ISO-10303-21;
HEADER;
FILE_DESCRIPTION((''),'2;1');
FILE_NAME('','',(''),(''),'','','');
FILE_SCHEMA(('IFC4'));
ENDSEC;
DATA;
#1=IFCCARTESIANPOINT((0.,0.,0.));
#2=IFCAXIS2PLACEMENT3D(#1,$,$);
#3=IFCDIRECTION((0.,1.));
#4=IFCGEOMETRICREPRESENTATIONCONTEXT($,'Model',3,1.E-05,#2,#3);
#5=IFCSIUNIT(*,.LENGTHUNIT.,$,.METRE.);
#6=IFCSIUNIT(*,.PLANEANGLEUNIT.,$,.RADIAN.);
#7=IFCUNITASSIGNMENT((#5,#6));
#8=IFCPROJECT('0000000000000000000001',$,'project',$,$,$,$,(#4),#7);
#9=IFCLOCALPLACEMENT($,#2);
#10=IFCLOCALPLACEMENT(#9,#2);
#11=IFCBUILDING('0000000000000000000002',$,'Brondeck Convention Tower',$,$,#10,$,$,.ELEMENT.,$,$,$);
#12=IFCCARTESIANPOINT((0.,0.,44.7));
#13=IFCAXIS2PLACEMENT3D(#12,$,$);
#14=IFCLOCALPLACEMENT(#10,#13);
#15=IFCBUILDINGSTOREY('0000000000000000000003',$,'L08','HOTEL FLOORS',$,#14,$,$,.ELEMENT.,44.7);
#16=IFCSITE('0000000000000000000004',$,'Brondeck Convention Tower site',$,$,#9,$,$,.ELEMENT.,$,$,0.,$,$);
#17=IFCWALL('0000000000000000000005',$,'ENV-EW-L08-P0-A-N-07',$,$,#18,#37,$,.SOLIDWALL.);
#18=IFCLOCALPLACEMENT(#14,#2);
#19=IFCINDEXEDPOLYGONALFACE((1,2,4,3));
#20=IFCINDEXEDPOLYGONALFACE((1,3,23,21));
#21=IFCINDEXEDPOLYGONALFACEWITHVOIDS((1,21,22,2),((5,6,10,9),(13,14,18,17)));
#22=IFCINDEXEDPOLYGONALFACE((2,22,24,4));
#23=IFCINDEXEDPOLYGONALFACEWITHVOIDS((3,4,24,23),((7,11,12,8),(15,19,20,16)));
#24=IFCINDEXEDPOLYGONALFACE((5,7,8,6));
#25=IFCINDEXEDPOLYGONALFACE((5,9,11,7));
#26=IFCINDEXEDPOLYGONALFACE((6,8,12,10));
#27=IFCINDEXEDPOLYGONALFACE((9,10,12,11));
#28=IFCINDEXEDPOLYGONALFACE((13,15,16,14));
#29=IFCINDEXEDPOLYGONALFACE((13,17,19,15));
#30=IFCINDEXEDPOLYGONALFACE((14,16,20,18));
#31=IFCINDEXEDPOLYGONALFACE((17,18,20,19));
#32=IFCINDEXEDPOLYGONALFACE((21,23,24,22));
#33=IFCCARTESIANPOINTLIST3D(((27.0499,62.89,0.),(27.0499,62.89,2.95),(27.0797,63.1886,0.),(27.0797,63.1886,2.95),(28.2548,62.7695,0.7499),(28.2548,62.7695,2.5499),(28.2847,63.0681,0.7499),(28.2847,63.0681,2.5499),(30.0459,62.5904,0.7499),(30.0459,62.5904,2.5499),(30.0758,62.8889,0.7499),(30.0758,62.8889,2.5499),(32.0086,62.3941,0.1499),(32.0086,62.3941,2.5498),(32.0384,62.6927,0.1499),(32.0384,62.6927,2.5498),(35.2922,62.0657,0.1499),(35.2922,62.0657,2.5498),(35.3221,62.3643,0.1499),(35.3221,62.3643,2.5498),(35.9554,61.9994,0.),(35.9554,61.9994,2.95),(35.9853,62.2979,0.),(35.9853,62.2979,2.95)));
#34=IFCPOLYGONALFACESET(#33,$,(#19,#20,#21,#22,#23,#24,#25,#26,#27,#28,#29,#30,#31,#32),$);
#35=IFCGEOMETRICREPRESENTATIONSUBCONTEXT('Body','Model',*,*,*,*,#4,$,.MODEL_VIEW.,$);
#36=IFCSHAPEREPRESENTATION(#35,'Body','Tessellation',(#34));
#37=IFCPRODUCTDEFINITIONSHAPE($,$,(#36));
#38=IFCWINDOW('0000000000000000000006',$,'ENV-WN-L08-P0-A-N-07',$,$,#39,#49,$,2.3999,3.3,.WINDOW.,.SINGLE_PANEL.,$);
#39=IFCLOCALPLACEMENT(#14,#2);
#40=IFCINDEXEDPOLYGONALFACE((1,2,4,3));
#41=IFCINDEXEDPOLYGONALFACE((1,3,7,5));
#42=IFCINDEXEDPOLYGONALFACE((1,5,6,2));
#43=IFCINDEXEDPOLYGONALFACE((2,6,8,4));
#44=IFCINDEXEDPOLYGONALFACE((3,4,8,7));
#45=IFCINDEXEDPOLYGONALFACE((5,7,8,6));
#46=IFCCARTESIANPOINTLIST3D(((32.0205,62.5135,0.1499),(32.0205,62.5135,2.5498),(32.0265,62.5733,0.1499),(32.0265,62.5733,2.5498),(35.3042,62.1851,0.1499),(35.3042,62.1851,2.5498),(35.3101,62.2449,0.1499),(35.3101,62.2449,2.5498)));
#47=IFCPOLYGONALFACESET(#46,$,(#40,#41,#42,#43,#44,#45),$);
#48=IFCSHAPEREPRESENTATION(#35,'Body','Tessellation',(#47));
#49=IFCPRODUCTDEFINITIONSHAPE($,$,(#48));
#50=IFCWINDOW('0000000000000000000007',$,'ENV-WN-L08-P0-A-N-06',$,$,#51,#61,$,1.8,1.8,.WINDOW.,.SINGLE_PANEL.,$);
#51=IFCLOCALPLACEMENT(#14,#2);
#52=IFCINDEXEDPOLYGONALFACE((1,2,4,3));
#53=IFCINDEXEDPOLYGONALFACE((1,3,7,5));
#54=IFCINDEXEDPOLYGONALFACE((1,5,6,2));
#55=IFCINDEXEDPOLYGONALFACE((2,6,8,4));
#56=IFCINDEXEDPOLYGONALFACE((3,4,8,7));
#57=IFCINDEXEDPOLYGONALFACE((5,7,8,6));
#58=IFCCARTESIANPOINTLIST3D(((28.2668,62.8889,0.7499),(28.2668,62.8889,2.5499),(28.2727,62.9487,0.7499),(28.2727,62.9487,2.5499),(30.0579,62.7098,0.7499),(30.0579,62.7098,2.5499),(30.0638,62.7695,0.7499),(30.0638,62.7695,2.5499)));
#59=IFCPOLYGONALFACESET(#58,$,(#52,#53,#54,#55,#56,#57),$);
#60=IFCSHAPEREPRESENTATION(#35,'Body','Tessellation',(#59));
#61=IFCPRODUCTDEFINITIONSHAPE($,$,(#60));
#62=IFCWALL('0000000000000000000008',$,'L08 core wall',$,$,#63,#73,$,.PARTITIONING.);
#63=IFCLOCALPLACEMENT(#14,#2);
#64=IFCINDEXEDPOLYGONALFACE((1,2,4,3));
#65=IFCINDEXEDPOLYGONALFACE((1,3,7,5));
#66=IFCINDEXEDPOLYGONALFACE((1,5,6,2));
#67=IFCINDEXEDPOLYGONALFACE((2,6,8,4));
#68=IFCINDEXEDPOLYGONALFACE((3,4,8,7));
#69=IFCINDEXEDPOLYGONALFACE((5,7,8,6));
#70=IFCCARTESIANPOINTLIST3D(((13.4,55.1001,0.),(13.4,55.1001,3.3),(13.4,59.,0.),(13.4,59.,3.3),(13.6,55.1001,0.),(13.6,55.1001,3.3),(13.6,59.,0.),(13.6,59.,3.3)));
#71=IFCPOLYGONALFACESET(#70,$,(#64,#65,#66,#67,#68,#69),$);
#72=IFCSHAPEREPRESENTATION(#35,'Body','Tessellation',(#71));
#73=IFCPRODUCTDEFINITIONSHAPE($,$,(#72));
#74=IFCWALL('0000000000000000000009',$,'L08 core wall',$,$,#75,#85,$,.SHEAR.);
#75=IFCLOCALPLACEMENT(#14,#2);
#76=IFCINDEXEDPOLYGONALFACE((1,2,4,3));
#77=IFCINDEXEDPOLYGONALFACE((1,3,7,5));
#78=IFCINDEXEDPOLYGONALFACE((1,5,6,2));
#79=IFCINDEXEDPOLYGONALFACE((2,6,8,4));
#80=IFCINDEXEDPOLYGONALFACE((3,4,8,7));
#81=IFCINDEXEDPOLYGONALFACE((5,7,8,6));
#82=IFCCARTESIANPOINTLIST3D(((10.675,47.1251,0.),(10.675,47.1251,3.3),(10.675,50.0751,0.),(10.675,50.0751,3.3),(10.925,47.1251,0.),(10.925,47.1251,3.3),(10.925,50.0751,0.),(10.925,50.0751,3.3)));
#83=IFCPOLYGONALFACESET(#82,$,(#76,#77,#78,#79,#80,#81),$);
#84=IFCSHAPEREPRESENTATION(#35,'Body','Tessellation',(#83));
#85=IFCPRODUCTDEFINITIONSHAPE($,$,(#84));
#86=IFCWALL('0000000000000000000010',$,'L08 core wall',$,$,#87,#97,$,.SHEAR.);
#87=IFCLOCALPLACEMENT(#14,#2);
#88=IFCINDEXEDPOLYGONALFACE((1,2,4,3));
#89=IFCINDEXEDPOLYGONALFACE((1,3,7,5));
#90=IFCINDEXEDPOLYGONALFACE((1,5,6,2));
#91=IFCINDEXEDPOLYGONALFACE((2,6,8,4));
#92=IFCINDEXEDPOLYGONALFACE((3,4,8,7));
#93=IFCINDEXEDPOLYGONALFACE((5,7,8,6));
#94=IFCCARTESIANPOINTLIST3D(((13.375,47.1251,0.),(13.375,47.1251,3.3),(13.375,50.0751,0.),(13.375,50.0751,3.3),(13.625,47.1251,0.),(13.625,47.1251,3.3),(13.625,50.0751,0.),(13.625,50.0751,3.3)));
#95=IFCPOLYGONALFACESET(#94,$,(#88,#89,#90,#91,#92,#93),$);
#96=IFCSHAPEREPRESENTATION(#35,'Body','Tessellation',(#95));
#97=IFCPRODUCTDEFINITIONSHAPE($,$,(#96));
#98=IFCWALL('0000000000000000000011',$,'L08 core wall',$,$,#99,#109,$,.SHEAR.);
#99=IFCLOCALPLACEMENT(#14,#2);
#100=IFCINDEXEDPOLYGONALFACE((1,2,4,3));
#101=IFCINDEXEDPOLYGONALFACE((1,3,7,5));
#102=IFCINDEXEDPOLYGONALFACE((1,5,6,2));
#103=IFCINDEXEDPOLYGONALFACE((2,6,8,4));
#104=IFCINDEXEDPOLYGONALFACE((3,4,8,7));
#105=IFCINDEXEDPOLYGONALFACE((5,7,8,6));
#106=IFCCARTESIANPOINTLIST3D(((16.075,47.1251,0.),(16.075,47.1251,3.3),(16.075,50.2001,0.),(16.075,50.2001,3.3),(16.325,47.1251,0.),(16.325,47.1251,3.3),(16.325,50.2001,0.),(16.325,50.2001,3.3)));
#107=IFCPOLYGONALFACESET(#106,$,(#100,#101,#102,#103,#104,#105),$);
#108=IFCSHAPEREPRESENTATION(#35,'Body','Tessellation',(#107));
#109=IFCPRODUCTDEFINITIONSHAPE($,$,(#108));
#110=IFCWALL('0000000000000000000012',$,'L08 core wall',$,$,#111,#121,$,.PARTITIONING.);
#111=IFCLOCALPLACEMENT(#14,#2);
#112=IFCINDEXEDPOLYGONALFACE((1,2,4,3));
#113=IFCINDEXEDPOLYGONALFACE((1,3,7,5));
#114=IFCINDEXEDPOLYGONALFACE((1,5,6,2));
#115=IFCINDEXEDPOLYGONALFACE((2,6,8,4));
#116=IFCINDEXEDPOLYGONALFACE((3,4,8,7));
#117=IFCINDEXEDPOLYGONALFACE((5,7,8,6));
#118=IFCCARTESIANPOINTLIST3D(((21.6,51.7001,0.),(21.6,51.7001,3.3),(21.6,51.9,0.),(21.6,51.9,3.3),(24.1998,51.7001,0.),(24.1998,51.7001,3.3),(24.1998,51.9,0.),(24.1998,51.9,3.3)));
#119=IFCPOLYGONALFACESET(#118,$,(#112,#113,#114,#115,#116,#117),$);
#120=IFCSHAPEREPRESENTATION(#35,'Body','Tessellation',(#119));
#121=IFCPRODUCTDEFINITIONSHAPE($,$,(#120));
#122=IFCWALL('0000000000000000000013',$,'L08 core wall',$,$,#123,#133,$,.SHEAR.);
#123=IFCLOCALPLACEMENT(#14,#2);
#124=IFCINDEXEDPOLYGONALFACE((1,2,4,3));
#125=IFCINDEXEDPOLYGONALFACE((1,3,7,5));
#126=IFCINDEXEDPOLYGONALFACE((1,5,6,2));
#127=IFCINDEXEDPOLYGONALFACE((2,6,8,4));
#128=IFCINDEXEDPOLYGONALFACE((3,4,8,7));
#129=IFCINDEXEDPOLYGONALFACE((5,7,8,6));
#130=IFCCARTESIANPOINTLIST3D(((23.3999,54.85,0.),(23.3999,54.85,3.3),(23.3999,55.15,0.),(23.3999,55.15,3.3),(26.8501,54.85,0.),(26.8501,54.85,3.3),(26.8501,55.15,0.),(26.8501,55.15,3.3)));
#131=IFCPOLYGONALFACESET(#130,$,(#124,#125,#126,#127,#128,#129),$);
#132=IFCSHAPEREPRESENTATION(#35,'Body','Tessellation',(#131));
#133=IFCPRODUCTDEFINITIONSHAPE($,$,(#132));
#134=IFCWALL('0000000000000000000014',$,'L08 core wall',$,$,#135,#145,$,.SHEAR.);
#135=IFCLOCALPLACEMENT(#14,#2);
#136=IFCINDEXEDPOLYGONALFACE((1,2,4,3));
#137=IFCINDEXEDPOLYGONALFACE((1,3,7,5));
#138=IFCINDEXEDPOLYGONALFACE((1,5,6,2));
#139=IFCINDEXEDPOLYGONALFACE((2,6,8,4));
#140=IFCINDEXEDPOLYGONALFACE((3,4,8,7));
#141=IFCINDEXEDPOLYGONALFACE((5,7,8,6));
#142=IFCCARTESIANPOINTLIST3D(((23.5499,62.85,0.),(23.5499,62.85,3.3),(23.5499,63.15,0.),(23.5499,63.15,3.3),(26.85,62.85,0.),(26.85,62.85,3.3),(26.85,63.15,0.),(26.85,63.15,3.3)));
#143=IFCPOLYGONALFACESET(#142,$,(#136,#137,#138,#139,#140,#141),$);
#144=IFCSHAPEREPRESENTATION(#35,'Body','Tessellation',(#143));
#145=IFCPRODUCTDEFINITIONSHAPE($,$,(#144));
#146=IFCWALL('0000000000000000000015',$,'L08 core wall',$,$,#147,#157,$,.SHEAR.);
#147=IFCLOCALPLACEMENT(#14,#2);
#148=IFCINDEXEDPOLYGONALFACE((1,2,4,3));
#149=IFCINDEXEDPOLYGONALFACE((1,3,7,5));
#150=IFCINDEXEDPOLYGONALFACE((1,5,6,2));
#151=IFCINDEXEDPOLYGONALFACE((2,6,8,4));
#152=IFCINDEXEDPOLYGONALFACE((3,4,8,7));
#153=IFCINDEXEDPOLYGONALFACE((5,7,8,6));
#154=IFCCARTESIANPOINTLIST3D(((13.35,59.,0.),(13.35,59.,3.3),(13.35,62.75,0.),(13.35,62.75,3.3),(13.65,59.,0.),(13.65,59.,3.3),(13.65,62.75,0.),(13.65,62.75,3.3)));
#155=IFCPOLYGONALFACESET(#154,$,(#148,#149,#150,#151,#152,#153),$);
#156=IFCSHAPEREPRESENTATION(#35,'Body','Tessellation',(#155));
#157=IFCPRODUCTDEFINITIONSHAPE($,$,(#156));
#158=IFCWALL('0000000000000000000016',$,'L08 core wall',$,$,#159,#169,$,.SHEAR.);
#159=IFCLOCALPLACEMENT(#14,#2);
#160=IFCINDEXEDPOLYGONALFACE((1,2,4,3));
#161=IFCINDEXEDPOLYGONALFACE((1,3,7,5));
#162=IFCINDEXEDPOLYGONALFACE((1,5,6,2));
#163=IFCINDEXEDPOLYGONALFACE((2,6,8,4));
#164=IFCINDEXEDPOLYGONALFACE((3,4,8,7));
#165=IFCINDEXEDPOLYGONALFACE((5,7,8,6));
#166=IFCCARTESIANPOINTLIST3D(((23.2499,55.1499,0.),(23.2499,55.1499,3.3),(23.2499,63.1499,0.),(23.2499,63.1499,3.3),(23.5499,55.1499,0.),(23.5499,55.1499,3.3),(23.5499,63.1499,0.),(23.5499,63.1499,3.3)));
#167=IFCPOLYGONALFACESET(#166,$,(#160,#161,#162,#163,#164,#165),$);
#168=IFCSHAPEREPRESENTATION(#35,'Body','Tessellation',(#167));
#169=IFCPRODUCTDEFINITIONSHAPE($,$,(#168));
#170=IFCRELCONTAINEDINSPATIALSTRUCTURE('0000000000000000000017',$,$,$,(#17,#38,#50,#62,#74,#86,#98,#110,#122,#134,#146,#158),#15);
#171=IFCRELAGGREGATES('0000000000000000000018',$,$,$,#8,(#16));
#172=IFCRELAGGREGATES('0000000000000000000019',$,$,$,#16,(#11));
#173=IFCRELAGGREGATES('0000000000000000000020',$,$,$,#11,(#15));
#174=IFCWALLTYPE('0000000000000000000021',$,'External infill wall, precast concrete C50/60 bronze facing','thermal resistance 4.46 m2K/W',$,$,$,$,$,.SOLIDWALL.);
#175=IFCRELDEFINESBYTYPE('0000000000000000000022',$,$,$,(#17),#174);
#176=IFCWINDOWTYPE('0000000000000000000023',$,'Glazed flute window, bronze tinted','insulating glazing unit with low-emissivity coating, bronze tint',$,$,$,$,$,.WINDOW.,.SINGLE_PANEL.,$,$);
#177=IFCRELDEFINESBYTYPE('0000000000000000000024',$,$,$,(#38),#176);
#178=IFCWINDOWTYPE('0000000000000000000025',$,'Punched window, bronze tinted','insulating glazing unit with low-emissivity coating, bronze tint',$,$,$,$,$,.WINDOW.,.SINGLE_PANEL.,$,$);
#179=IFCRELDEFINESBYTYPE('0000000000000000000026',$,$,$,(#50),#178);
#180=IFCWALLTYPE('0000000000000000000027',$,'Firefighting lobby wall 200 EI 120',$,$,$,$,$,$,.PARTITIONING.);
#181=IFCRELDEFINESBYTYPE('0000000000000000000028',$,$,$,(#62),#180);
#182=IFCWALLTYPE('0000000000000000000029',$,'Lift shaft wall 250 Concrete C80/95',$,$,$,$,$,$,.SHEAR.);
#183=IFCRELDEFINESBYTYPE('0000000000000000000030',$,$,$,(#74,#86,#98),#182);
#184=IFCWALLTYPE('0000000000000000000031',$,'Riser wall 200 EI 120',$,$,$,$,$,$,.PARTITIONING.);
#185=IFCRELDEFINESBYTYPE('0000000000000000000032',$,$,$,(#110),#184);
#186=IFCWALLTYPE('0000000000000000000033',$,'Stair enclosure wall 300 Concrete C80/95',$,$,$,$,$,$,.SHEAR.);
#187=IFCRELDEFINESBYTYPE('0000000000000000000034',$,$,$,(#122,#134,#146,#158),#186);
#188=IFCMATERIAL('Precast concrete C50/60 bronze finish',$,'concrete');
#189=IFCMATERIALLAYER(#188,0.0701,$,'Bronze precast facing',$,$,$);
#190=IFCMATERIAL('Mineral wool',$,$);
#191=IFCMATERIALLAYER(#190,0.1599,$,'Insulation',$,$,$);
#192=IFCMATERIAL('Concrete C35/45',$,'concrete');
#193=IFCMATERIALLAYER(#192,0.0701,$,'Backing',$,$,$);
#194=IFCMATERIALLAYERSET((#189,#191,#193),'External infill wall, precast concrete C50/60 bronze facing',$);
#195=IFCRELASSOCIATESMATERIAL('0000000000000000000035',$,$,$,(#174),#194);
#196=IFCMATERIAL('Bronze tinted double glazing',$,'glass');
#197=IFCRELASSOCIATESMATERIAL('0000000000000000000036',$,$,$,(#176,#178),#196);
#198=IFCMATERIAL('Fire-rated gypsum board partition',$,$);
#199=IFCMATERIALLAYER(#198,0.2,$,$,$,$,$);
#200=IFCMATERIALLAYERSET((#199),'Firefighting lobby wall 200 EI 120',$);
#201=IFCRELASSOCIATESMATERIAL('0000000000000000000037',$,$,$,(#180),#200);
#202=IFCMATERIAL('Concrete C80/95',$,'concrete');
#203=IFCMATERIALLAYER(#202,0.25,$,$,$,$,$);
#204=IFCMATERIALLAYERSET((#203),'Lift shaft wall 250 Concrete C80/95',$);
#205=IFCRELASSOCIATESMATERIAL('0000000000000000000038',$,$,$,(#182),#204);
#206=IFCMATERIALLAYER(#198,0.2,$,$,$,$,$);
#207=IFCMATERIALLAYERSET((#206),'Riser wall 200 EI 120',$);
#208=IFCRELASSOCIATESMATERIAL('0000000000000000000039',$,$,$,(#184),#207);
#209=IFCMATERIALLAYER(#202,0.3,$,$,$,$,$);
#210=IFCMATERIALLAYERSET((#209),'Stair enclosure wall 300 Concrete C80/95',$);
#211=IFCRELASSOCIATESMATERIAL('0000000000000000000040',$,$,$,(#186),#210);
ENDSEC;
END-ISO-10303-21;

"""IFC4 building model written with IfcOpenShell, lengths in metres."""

from ifc_helpers import new_model, si_unit, direction, frame, frame_2d, origin, place, context, subcontext, project, spatial, rectangle, extrude, material, layer, layer_set, type_object, element, fill, save


model = new_model("IFC4")

# Units and contexts
model_context = context("Model", 3, precision=1e-05, world=origin(), true_north=direction((0.0, 1.0)))
body_context = subcontext(model_context, "Body", "Model", "MODEL_VIEW")
ifc_project = project(units=[si_unit("LENGTHUNIT", "METRE"), si_unit("PLANEANGLEUNIT", "RADIAN")], contexts=[model_context])

# Site, building, storey
site_placement = place(None, origin())
site = spatial("IfcSite", under=ifc_project, at=site_placement, Name="Brondeck Convention Tower site", CompositionType="ELEMENT", RefElevation=0.0)
building_placement = place(site_placement, origin())
building = spatial("IfcBuilding", under=site, at=building_placement, Name="Brondeck Convention Tower", CompositionType="ELEMENT")
storey_placement = place(building_placement, frame((0.0, 0.0, 44.7)))
storey = spatial("IfcBuildingStorey", under=building, at=storey_placement, Name="L08", Description="HOTEL FLOORS", CompositionType="ELEMENT", Elevation=44.7)

# Shared definitions
ifc_material_1 = material(Name="Concrete C80/95", Category="concrete")

# Shared definitions
ifc_material_2 = material(Name="Fire-rated gypsum board partition")

# Wall, openings, windows
ifc_material_3 = material(Name="Precast concrete C50/60 bronze finish", Category="concrete")
ifc_layer_1 = layer(ifc_material_3, 0.0701, Name="Bronze precast facing")
ifc_material_4 = material(Name="Mineral wool")
ifc_layer_2 = layer(ifc_material_4, 0.1599, Name="Insulation")
ifc_material_5 = material(Name="Concrete C35/45", Category="concrete")
ifc_layer_3 = layer(ifc_material_5, 0.0701, Name="Backing")
ifc_layer_set_1 = layer_set([ifc_layer_1, ifc_layer_2, ifc_layer_3], Name="External infill wall, precast concrete C50/60 bronze facing")
wall_type_1 = type_object("IfcWallType", Name="External infill wall, precast concrete C50/60 bronze facing", Description="thermal resistance 4.46 m2K/W", PredefinedType="SOLIDWALL", material=ifc_layer_set_1)
wall_1_placement = place(storey_placement, frame((27.0647, 63.0393, 0.0), z_axis=(0.0, 0.0, 1.0), x_axis=(0.995036, -0.099512, 0.0)))
wall_1 = element("IfcWall", 1, at=wall_1_placement, inside=storey, type_object=wall_type_1, Name="ENV-EW-L08-P0-A-N-07", PredefinedType="SOLIDWALL", context=body_context, shape_type="SweptSolid", body=[
    extrude(rectangle(XDim=8.95, YDim=0.3, at=frame_2d((4.4751, 0.0))), origin(), (0.0, 0.0, 1.0), 2.95),
])
opening_1_placement = place(wall_1_placement, frame((1.2112, 0.0, 0.75)))
opening_1 = element("IfcOpeningElement", 2, at=opening_1_placement, cuts=wall_1, PredefinedType="OPENING", context=body_context, shape_type="SweptSolid", body=[
    extrude(rectangle(XDim=1.8, YDim=1.8, at=frame_2d((0.8999, 0.8999))), frame((0.0, 0.1599, 0.0), z_axis=(0.0, -1.0, 0.0), x_axis=(1.0, 0.0, 0.0)), (0.0, 0.0, 1.0), 0.3201),
])
opening_2_placement = place(wall_1_placement, frame((4.9836, 0.0, 0.1499)))
opening_2 = element("IfcOpeningElement", 3, at=opening_2_placement, cuts=wall_1, PredefinedType="OPENING", context=body_context, shape_type="SweptSolid", body=[
    extrude(rectangle(XDim=3.3, YDim=2.3999, at=frame_2d((1.6499, 1.2))), frame((0.0, 0.1599, 0.0), z_axis=(0.0, -1.0, 0.0), x_axis=(1.0, 0.0, 0.0)), (0.0, 0.0, 1.0), 0.3201),
])
ifc_material_6 = material(Name="Bronze tinted double glazing", Category="glass")
window_type_1 = type_object("IfcWindowType", Name="Glazed flute window, bronze tinted", Description="insulating glazing unit with low-emissivity coating, bronze tint", PartitioningType="SINGLE_PANEL", PredefinedType="WINDOW", material=ifc_material_6)
window_1_placement = place(opening_2_placement, origin())
window_1 = element("IfcWindow", 4, at=window_1_placement, inside=storey, type_object=window_type_1, Name="ENV-WN-L08-P0-A-N-07", OverallHeight=2.3999, OverallWidth=3.3, PartitioningType="SINGLE_PANEL", PredefinedType="WINDOW", context=body_context, shape_type="SweptSolid", body=[
    extrude(rectangle(XDim=3.3, YDim=2.3999, at=frame_2d((1.6499, 1.2))), frame((0.0, 0.03, 0.0), z_axis=(0.0, -1.0, 0.0), x_axis=(1.0, 0.0, 0.0)), (0.0, 0.0, 1.0), 0.0601),
])
fill(opening_2, window_1)
window_type_2 = type_object("IfcWindowType", Name="Punched window, bronze tinted", Description="insulating glazing unit with low-emissivity coating, bronze tint", PartitioningType="SINGLE_PANEL", PredefinedType="WINDOW", material=ifc_material_6)
window_2_placement = place(opening_1_placement, origin())
window_2 = element("IfcWindow", 5, at=window_2_placement, inside=storey, type_object=window_type_2, Name="ENV-WN-L08-P0-A-N-06", OverallHeight=1.8, OverallWidth=1.8, PartitioningType="SINGLE_PANEL", PredefinedType="WINDOW", context=body_context, shape_type="SweptSolid", body=[
    extrude(rectangle(XDim=1.8, YDim=1.8, at=frame_2d((0.8999, 0.8999))), frame((0.0, 0.03, 0.0), z_axis=(0.0, -1.0, 0.0), x_axis=(1.0, 0.0, 0.0)), (0.0, 0.0, 1.0), 0.0601),
])
fill(opening_1, window_2)

# Walls
ifc_layer_4 = layer(ifc_material_2, 0.2)
ifc_layer_set_2 = layer_set([ifc_layer_4], Name="Firefighting lobby wall 200 EI 120")
wall_type_2 = type_object("IfcWallType", Name="Firefighting lobby wall 200 EI 120", PredefinedType="PARTITIONING", material=ifc_layer_set_2)
wall_2_placement = place(storey_placement, frame((13.5, 55.1001, 0.0), z_axis=(0.0, 0.0, 1.0), x_axis=(0.0, 1.0, 0.0)))
element("IfcWall", 6, at=wall_2_placement, inside=storey, type_object=wall_type_2, Name="L08 core wall", PredefinedType="PARTITIONING", context=body_context, shape_type="SweptSolid", body=[
    extrude(rectangle(XDim=3.8999, YDim=0.2, at=frame_2d((1.95, 0.0))), origin(), (0.0, 0.0, 1.0), 3.3),
])
ifc_layer_5 = layer(ifc_material_1, 0.25)
ifc_layer_set_3 = layer_set([ifc_layer_5], Name="Lift shaft wall 250 Concrete C80/95")
wall_type_3 = type_object("IfcWallType", Name="Lift shaft wall 250 Concrete C80/95", PredefinedType="SHEAR", material=ifc_layer_set_3)
for number, where, z_axis, x_axis, name in (
    (7, (10.8, 47.125, 0.0), (0.0, 0.0, 1.0), (0.0, 1.0, 0.0), "L08 core wall"),
    (8, (13.5, 47.125, 0.0), (0.0, 0.0, 1.0), (0.0, 1.0, 0.0), "L08 core wall"),
):
    element("IfcWall", number, at=place(storey_placement, frame(where, z_axis=z_axis, x_axis=x_axis)), inside=storey, type_object=wall_type_3, Name=name, PredefinedType="SHEAR", context=body_context, shape_type="SweptSolid", body=[
        extrude(rectangle(XDim=2.95, YDim=0.25, at=frame_2d((1.4751, 0.0))), origin(), (0.0, 0.0, 1.0), 3.3),
    ])
wall_3_placement = place(storey_placement, frame((16.2, 47.125, 0.0), z_axis=(0.0, 0.0, 1.0), x_axis=(0.0, 1.0, 0.0)))
element("IfcWall", 9, at=wall_3_placement, inside=storey, type_object=wall_type_3, Name="L08 core wall", PredefinedType="SHEAR", context=body_context, shape_type="SweptSolid", body=[
    extrude(rectangle(XDim=3.075, YDim=0.25, at=frame_2d((1.5376, 0.0))), origin(), (0.0, 0.0, 1.0), 3.3),
])
ifc_layer_6 = layer(ifc_material_2, 0.2)
ifc_layer_set_4 = layer_set([ifc_layer_6], Name="Riser wall 200 EI 120")
wall_type_4 = type_object("IfcWallType", Name="Riser wall 200 EI 120", PredefinedType="PARTITIONING", material=ifc_layer_set_4)
wall_4_placement = place(storey_placement, frame((21.6001, 51.8, 0.0), z_axis=(0.0, 0.0, 1.0), x_axis=(1.0, 0.0, 0.0)))
element("IfcWall", 10, at=wall_4_placement, inside=storey, type_object=wall_type_4, Name="L08 core wall", PredefinedType="PARTITIONING", context=body_context, shape_type="SweptSolid", body=[
    extrude(rectangle(XDim=2.5999, YDim=0.2, at=frame_2d((1.2998, 0.0))), origin(), (0.0, 0.0, 1.0), 3.3),
])
ifc_layer_7 = layer(ifc_material_1, 0.3)
ifc_layer_set_5 = layer_set([ifc_layer_7], Name="Stair enclosure wall 300 Concrete C80/95")
wall_type_5 = type_object("IfcWallType", Name="Stair enclosure wall 300 Concrete C80/95", PredefinedType="SHEAR", material=ifc_layer_set_5)
wall_5_placement = place(storey_placement, frame((23.3999, 55.0, 0.0), z_axis=(0.0, 0.0, 1.0), x_axis=(1.0, 0.0, 0.0)))
element("IfcWall", 11, at=wall_5_placement, inside=storey, type_object=wall_type_5, Name="L08 core wall", PredefinedType="SHEAR", context=body_context, shape_type="SweptSolid", body=[
    extrude(rectangle(XDim=3.4502, YDim=0.3, at=frame_2d((1.7251, 0.0))), origin(), (0.0, 0.0, 1.0), 3.3),
])
wall_6_placement = place(storey_placement, frame((23.55, 63.0, 0.0), z_axis=(0.0, 0.0, 1.0), x_axis=(1.0, 0.0, 0.0)))
element("IfcWall", 12, at=wall_6_placement, inside=storey, type_object=wall_type_5, Name="L08 core wall", PredefinedType="SHEAR", context=body_context, shape_type="SweptSolid", body=[
    extrude(rectangle(XDim=3.3, YDim=0.3, at=frame_2d((1.6499, 0.0))), origin(), (0.0, 0.0, 1.0), 3.3),
])
wall_7_placement = place(storey_placement, frame((13.5, 59.0, 0.0), z_axis=(0.0, 0.0, 1.0), x_axis=(0.0, 1.0, 0.0)))
element("IfcWall", 13, at=wall_7_placement, inside=storey, type_object=wall_type_5, Name="L08 core wall", PredefinedType="SHEAR", context=body_context, shape_type="SweptSolid", body=[
    extrude(rectangle(XDim=3.75, YDim=0.3, at=frame_2d((1.875, 0.0))), origin(), (0.0, 0.0, 1.0), 3.3),
])
wall_8_placement = place(storey_placement, frame((23.3999, 55.1499, 0.0), z_axis=(0.0, 0.0, 1.0), x_axis=(0.0, 1.0, 0.0)))
element("IfcWall", 14, at=wall_8_placement, inside=storey, type_object=wall_type_5, Name="L08 core wall", PredefinedType="SHEAR", context=body_context, shape_type="SweptSolid", body=[
    extrude(rectangle(XDim=8.0, YDim=0.3, at=frame_2d((4.0, 0.0))), origin(), (0.0, 0.0, 1.0), 3.3),
])

save(model, "model.ifc")
